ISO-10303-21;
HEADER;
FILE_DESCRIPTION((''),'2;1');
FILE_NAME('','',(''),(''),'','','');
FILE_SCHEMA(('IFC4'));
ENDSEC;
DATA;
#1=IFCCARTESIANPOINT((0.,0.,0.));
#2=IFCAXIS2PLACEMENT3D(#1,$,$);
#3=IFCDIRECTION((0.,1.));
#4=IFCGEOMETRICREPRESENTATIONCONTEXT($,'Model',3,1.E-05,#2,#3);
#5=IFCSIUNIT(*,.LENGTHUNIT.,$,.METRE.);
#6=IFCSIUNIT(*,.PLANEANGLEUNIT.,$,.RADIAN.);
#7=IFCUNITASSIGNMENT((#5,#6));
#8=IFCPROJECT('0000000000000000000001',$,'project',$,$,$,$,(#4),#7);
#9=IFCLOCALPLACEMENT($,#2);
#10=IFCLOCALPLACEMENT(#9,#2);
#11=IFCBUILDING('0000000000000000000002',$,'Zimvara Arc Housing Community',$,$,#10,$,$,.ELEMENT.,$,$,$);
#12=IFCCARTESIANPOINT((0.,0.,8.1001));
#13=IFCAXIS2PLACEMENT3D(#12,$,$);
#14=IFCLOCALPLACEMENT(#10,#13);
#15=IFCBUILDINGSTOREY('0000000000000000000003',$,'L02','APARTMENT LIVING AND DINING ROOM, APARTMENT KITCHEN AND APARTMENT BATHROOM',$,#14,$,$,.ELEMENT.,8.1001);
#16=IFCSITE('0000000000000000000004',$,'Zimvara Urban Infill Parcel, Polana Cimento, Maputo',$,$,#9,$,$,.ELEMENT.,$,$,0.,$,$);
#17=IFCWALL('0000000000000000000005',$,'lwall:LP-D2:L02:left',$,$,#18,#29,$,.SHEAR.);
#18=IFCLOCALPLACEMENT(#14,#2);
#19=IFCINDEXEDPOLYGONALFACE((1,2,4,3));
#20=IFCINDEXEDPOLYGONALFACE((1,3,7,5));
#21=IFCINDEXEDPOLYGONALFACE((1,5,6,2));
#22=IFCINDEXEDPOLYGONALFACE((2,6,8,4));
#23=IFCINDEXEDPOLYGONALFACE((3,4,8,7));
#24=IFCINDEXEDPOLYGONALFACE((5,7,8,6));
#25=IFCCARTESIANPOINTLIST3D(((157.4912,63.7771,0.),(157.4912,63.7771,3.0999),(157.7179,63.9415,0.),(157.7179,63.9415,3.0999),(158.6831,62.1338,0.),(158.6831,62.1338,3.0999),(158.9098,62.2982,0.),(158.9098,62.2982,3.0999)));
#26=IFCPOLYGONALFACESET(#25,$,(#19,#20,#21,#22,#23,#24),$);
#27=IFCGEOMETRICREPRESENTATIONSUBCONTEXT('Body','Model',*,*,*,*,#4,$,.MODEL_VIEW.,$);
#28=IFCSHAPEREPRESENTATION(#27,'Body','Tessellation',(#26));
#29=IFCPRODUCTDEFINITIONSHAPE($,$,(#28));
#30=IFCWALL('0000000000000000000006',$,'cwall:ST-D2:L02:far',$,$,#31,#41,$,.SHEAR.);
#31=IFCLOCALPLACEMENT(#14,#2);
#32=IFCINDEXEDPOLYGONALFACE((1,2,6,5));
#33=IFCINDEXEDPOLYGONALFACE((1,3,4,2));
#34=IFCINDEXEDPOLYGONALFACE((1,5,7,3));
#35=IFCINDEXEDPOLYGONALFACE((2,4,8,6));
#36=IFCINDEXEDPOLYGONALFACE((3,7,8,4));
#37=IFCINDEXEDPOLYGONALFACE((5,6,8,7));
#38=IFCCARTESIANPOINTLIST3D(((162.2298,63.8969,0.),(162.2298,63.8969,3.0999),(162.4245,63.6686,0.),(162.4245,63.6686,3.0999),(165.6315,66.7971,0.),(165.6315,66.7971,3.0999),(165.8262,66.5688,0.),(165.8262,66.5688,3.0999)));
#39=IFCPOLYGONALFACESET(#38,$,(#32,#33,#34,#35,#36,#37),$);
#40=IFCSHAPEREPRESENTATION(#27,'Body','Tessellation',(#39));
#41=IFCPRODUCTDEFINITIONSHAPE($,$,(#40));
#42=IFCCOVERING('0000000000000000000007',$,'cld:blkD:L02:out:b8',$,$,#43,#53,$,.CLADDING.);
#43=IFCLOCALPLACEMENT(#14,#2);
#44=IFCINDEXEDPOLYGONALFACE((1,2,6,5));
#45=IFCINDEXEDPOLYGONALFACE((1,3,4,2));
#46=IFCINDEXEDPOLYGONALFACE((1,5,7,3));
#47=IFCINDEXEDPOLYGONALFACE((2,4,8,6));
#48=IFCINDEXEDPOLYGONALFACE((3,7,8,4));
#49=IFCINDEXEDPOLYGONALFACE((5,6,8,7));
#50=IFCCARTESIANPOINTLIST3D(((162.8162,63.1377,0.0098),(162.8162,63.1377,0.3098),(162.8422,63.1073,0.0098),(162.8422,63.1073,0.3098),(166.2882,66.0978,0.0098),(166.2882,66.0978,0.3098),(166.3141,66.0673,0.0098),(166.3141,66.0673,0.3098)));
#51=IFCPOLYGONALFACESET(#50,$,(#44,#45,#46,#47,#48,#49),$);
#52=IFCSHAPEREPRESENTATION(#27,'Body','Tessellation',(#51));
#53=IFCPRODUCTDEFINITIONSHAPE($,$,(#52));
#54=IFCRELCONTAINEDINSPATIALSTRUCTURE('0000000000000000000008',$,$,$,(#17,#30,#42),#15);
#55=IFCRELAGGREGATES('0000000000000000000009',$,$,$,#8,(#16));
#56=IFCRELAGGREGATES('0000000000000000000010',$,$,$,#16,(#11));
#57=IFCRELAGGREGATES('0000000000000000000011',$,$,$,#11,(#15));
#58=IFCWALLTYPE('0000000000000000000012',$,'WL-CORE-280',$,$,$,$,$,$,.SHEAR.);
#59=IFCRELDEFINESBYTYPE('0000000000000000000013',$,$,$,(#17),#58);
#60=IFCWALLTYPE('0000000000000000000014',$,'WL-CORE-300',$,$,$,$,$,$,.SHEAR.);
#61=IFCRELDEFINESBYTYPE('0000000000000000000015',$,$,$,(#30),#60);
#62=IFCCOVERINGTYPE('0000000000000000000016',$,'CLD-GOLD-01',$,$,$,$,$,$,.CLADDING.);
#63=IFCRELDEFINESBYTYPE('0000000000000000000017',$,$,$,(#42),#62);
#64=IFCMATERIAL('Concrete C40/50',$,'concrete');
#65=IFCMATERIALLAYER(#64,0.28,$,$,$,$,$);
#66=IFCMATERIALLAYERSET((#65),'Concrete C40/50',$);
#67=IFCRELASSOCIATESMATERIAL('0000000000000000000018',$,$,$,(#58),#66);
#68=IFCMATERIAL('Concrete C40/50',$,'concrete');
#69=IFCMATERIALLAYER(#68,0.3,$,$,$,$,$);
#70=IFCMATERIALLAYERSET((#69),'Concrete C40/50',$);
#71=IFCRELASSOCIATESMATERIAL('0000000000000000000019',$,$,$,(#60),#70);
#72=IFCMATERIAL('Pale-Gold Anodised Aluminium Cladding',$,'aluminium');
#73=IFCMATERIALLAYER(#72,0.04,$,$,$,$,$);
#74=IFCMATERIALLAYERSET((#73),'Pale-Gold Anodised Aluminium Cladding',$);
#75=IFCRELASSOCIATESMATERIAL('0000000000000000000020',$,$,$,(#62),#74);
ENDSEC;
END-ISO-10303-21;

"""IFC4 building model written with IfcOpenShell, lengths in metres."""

from ifc_helpers import new_model, si_unit, direction, frame, frame_2d, origin, origin_2d, place, context, subcontext, project, spatial, rectangle, extrude, material, layer, layer_set, type_object, element, save


model = new_model("IFC4")

# Units and contexts
model_context = context("Model", 3, precision=1e-05, world=origin(), true_north=direction((0.0, 1.0)))
body_context = subcontext(model_context, "Body", "Model", "MODEL_VIEW")
ifc_project = project(units=[si_unit("LENGTHUNIT", "METRE"), si_unit("PLANEANGLEUNIT", "RADIAN")], contexts=[model_context])

# Site, building, storey
site_placement = place(None, origin())
site = spatial("IfcSite", under=ifc_project, at=site_placement, Name="Zimvara Urban Infill Parcel, Polana Cimento, Maputo", CompositionType="ELEMENT", RefElevation=0.0)
building_placement = place(site_placement, origin())
building = spatial("IfcBuilding", under=site, at=building_placement, Name="Zimvara Arc Housing Community", CompositionType="ELEMENT")
storey_placement = place(building_placement, frame((0.0, 0.0, 8.1001)))
storey = spatial("IfcBuildingStorey", under=building, at=storey_placement, Name="L02", Description="APARTMENT LIVING AND DINING ROOM, APARTMENT KITCHEN AND APARTMENT BATHROOM", CompositionType="ELEMENT", Elevation=8.1001)

# Shared definitions
ifc_material_1 = material(Name="Concrete C40/50", Category="concrete")
ifc_layer_1 = layer(ifc_material_1, 0.28)
ifc_layer_set_1 = layer_set([ifc_layer_1], Name="Concrete C40/50")
wall_type_1 = type_object("IfcWallType", Name="WL-CORE-280", PredefinedType="SHEAR", material=ifc_layer_set_1)

# Walls
wall_1_placement = place(storey_placement, frame((157.6045, 63.8594, 0.0), z_axis=(0.0, 0.0, 1.0), x_axis=(0.587127, -0.809495, 0.0)))
element("IfcWall", 1, at=wall_1_placement, inside=storey, type_object=wall_type_1, Name="lwall:LP-D2:L02:left", PredefinedType="SHEAR", context=body_context, shape_type="SweptSolid", body=[
    extrude(rectangle(XDim=2.03, YDim=0.28, at=frame_2d((1.0151, 0.0))), origin(), (0.0, 0.0, 1.0), 3.0999),
])
ifc_material_2 = material(Name="Concrete C40/50", Category="concrete")
ifc_layer_2 = layer(ifc_material_2, 0.3)
ifc_layer_set_2 = layer_set([ifc_layer_2], Name="Concrete C40/50")
wall_type_2 = type_object("IfcWallType", Name="WL-CORE-300", PredefinedType="SHEAR", material=ifc_layer_set_2)
wall_2_placement = place(storey_placement, frame((162.3271, 63.7827, 0.0), z_axis=(0.0, 0.0, 1.0), x_axis=(0.76097, 0.648788, 0.0)))
element("IfcWall", 2, at=wall_2_placement, inside=storey, type_object=wall_type_2, Name="cwall:ST-D2:L02:far", PredefinedType="SHEAR", context=body_context, shape_type="SweptSolid", body=[
    extrude(rectangle(XDim=4.4702, YDim=0.3, at=frame_2d((2.2351, 0.0))), origin(), (0.0, 0.0, 1.0), 3.0999),
])

# Covering
ifc_material_3 = material(Name="Pale-Gold Anodised Aluminium Cladding", Category="aluminium")
ifc_layer_3 = layer(ifc_material_3, 0.04)
ifc_layer_set_3 = layer_set([ifc_layer_3], Name="Pale-Gold Anodised Aluminium Cladding")
covering_type = type_object("IfcCoveringType", Name="CLD-GOLD-01", PredefinedType="CLADDING", material=ifc_layer_set_3)
covering_placement = place(storey_placement, frame((164.5652, 64.6025, 0.0098), z_axis=(0.0, 0.0, 1.0), x_axis=(0.760971, 0.648786, 0.0)))
element("IfcCovering", 3, at=covering_placement, inside=storey, type_object=covering_type, Name="cld:blkD:L02:out:b8", PredefinedType="CLADDING", context=body_context, shape_type="SweptSolid", body=[
    extrude(rectangle(XDim=4.5625, YDim=0.04, at=origin_2d()), origin(), (0.0, 0.0, 1.0), 0.3),
])

save(model, "model.ifc")
